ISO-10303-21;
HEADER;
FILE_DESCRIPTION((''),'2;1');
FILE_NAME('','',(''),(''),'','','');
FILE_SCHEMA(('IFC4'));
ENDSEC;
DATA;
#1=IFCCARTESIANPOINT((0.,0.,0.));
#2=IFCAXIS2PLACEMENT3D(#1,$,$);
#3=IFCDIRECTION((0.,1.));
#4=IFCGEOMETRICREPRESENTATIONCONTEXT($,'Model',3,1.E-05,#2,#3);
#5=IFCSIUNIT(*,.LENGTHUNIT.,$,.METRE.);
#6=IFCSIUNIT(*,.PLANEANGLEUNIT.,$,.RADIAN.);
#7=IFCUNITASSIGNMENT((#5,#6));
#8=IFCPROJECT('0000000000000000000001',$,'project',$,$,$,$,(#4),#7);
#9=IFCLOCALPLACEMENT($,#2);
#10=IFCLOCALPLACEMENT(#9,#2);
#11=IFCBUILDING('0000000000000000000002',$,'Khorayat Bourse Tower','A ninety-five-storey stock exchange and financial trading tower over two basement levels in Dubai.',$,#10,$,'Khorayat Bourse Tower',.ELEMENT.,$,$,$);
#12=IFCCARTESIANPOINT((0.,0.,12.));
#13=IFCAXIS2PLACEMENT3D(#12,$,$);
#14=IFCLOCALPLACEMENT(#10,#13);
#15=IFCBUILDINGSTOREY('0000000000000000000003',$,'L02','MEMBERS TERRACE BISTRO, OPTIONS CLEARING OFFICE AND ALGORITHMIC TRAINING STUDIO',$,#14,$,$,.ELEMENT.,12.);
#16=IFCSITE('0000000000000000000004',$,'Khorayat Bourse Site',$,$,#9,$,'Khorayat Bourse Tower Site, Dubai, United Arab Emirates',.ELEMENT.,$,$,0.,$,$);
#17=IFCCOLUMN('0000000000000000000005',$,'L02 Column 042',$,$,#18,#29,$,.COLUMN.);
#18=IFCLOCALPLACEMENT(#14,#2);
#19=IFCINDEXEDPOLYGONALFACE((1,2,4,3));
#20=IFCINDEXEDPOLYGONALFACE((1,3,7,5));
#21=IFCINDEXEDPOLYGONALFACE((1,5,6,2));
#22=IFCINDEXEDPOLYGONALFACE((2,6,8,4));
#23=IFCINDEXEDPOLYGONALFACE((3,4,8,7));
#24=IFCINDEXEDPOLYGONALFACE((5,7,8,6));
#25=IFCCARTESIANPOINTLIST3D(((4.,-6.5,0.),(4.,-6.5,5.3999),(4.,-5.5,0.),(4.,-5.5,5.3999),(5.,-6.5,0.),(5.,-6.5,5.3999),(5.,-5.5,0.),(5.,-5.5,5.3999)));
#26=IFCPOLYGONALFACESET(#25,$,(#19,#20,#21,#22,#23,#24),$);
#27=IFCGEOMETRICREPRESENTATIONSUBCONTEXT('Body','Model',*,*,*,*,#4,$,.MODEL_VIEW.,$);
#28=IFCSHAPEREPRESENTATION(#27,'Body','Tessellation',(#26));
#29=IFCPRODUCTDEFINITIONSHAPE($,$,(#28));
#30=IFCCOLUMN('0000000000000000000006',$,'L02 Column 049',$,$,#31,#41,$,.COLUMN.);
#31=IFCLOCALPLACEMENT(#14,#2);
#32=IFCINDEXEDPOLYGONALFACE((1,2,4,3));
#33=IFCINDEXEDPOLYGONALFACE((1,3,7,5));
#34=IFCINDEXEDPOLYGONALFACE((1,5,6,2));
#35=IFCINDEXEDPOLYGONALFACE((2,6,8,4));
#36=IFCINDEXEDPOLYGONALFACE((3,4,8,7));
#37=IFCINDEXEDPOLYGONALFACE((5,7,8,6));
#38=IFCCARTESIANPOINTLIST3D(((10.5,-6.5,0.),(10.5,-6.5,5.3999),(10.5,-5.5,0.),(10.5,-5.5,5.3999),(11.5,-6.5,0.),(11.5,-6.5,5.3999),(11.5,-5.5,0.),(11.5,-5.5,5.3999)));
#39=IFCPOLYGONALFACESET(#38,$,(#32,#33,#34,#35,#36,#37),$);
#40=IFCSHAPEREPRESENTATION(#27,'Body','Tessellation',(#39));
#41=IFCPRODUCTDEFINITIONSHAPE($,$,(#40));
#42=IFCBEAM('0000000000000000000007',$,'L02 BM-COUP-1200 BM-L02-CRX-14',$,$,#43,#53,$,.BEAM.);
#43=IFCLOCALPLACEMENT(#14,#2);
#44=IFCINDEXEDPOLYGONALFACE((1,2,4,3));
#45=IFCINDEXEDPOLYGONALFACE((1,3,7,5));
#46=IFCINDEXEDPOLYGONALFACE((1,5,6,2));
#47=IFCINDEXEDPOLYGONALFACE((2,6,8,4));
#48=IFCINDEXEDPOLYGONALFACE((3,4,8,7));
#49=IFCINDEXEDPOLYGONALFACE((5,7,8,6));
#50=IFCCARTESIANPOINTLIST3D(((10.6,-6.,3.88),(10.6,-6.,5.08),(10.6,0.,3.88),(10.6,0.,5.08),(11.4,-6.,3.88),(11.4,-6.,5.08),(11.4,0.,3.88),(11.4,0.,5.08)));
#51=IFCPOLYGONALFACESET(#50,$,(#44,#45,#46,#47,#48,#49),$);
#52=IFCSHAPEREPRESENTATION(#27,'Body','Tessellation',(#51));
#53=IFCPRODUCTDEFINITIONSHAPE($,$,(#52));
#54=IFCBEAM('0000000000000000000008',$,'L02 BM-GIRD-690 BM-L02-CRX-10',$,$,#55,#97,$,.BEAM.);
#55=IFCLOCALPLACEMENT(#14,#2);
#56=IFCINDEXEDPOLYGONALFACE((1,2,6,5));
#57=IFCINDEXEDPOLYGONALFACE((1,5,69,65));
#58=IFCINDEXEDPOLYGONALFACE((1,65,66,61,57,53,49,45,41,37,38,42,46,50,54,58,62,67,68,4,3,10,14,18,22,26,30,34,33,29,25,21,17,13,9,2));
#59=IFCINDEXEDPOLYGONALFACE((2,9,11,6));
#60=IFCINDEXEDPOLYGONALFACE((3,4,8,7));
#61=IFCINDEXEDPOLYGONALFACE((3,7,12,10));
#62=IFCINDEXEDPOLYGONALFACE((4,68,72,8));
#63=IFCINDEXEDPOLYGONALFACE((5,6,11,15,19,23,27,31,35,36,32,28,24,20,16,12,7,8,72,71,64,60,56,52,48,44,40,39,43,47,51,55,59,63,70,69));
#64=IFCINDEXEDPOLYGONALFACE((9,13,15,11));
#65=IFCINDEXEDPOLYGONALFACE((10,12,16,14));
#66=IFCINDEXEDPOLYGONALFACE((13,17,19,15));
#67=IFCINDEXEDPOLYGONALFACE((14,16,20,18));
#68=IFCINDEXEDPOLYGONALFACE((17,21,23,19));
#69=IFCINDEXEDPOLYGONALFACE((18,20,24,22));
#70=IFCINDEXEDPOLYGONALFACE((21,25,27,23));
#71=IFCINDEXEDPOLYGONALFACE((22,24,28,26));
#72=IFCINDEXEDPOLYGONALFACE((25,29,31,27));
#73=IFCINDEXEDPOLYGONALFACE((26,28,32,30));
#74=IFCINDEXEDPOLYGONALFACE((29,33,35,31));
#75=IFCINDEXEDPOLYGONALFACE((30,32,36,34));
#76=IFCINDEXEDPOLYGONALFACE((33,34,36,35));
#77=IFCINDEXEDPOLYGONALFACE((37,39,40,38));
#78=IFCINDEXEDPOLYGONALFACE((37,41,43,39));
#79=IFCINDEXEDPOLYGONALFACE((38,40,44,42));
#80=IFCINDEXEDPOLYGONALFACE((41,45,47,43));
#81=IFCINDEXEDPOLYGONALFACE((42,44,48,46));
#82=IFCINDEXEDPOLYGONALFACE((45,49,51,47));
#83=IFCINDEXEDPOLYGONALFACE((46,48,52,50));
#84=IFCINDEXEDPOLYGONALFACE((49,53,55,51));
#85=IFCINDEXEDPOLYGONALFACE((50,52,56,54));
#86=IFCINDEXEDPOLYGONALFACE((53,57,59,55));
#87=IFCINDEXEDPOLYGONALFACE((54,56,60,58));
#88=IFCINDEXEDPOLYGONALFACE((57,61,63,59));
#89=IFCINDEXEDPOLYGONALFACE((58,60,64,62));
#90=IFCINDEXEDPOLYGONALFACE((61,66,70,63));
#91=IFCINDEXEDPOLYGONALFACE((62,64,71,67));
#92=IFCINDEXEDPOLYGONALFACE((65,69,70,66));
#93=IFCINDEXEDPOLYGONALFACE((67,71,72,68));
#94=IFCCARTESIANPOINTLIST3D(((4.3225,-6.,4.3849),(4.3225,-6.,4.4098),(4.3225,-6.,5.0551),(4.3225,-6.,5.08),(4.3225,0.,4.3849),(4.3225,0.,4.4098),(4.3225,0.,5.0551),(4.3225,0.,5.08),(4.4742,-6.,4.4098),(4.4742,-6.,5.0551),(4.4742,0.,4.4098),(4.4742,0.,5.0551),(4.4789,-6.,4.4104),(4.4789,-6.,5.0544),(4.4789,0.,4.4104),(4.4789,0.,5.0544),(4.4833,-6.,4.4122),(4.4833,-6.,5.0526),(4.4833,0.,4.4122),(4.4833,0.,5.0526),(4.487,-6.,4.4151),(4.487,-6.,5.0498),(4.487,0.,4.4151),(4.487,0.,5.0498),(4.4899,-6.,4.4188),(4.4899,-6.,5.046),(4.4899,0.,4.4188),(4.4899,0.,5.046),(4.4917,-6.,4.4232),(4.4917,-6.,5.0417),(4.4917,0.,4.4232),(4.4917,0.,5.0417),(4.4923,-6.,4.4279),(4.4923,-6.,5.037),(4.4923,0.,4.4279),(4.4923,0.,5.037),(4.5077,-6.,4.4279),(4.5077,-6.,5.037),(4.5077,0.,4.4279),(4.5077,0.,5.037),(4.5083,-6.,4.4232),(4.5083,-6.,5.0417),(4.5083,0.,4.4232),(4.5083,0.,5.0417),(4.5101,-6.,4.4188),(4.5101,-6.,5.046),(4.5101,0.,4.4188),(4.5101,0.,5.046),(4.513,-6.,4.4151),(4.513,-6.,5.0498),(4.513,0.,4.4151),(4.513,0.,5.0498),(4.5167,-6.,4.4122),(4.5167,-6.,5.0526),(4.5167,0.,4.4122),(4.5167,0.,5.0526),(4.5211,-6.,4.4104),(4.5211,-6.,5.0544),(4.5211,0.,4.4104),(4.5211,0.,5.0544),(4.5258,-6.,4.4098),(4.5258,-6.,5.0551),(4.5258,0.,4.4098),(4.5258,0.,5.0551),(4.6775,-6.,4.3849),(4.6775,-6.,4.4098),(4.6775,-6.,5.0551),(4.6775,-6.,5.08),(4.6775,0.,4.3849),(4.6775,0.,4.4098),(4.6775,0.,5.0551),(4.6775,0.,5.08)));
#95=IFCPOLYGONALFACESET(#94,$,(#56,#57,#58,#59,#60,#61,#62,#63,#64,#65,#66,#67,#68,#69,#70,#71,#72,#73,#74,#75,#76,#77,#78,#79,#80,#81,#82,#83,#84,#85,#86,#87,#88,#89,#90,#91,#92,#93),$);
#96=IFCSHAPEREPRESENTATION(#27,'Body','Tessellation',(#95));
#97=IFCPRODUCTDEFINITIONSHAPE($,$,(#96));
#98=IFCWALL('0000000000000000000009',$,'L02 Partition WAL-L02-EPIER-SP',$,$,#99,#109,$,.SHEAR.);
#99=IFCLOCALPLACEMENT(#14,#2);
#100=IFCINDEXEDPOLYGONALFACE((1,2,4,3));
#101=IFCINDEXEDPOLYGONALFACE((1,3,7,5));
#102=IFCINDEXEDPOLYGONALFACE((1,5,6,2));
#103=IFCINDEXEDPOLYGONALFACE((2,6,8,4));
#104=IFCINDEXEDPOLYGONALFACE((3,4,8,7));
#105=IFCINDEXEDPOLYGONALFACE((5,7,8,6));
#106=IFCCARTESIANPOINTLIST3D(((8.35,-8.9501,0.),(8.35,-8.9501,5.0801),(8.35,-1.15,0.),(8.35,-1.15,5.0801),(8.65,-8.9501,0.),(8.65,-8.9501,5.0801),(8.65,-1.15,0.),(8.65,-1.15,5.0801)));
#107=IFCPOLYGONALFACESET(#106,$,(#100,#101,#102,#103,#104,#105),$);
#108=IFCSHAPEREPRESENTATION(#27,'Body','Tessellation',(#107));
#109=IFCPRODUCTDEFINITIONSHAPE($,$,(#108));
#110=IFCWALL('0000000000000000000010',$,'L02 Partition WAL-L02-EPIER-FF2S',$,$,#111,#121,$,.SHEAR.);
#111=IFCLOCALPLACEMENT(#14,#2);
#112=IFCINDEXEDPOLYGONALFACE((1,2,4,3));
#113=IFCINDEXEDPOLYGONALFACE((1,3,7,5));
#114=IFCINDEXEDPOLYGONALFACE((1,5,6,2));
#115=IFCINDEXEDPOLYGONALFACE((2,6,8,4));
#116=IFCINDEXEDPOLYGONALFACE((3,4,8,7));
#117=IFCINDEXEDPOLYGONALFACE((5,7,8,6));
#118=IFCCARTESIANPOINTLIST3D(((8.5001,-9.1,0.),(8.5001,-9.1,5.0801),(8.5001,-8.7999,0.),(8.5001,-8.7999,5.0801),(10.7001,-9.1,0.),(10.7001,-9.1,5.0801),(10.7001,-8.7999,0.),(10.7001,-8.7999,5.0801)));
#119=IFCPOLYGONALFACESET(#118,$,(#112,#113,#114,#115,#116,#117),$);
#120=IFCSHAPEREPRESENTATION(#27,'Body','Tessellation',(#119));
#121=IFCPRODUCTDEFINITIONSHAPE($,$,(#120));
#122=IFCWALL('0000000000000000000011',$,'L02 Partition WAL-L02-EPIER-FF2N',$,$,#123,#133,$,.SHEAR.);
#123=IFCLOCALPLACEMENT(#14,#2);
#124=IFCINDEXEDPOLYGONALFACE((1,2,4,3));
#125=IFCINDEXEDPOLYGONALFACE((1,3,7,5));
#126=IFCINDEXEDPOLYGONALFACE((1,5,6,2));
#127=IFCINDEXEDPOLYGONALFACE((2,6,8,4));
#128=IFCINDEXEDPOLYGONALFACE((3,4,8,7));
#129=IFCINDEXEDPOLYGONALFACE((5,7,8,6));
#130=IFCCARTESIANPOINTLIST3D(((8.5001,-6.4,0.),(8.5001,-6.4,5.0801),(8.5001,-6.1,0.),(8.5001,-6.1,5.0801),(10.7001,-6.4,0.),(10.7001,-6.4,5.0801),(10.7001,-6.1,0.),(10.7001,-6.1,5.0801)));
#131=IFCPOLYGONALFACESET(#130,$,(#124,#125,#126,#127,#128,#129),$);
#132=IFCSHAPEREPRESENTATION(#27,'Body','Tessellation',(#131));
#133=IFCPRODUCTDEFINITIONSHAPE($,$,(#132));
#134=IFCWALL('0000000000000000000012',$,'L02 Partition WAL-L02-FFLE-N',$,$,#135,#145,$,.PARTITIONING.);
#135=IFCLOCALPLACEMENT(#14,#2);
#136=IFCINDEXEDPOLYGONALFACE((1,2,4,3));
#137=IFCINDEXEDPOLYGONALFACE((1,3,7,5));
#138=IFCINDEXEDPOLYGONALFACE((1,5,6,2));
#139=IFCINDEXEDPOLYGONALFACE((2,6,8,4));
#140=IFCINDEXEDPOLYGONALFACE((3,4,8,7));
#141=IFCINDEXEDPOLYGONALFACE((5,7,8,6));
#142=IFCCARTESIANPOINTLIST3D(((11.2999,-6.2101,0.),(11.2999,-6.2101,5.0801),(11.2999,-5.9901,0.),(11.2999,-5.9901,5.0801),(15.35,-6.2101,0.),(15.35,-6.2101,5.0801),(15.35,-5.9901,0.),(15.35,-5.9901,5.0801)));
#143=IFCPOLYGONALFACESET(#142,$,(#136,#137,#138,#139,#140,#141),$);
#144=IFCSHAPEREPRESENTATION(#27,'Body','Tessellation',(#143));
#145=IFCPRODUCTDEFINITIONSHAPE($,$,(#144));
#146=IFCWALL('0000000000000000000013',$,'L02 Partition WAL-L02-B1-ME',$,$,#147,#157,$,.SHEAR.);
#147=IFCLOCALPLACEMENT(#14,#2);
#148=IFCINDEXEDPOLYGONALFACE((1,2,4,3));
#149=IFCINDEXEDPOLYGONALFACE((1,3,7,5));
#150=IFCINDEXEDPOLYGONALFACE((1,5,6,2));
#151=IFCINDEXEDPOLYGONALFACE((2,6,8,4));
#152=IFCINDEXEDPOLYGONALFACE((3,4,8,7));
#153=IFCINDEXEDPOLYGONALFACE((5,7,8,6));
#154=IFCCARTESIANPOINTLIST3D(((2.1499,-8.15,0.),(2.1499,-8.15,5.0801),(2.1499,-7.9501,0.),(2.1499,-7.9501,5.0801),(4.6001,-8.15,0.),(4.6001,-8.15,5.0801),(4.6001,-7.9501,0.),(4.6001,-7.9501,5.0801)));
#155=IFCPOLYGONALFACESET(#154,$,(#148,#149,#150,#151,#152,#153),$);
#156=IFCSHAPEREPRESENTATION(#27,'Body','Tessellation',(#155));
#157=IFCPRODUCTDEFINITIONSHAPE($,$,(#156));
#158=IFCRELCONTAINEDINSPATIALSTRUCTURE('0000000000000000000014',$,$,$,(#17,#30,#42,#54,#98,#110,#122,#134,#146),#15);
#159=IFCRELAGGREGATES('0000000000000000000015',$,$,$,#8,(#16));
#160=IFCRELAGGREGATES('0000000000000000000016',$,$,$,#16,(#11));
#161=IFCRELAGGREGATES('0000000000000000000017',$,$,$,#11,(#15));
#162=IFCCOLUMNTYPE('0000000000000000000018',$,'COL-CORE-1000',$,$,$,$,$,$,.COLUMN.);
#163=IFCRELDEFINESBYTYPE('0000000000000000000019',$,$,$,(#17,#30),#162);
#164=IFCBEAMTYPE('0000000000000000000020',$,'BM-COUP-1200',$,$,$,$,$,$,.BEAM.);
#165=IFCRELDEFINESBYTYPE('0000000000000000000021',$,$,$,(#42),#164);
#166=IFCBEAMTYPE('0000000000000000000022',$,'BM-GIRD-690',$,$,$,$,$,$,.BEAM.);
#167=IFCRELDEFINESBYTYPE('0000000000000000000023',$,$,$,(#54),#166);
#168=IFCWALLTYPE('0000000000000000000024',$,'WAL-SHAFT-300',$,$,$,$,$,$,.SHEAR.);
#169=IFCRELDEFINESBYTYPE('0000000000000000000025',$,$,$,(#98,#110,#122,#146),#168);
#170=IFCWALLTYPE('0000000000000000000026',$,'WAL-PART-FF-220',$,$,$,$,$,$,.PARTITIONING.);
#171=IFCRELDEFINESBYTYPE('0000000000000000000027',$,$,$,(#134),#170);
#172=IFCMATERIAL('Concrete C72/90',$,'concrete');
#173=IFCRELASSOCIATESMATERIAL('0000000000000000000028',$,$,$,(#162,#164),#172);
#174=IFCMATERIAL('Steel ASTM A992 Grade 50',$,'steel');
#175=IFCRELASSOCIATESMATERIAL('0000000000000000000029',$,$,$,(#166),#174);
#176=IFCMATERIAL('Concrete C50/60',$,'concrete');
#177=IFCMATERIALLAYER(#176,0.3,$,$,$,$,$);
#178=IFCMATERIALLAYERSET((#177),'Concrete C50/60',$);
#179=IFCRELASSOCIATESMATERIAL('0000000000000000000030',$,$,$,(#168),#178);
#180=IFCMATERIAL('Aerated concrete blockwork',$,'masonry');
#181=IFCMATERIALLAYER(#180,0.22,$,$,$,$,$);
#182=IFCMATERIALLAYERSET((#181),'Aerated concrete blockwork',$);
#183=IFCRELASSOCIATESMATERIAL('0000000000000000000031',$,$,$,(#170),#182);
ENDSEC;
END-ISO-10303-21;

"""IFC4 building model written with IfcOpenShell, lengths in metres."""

from ifc_helpers import new_model, si_unit, direction, frame, frame_2d, origin, origin_2d, place, context, subcontext, project, spatial, rectangle, i_section, extrude, source, transform, mapped, material, layer, layer_set, material_profile, profile_set, type_object, element, save


model = new_model("IFC4")

# Units and contexts
model_context = context("Model", 3, precision=1e-05, world=origin(), true_north=direction((0.0, 1.0)))
body_context = subcontext(model_context, "Body", "Model", "MODEL_VIEW")
ifc_project = project(units=[si_unit("LENGTHUNIT", "METRE"), si_unit("PLANEANGLEUNIT", "RADIAN")], contexts=[model_context])

# Site, building, storey
site_placement = place(None, origin())
site = spatial("IfcSite", under=ifc_project, at=site_placement, Name="Khorayat Bourse Site", LongName="Khorayat Bourse Tower Site, Dubai, United Arab Emirates", CompositionType="ELEMENT", RefElevation=0.0)
building_placement = place(site_placement, origin())
building = spatial("IfcBuilding", under=site, at=building_placement, Name="Khorayat Bourse Tower", Description="A ninety-five-storey stock exchange and financial trading tower over two basement levels in Dubai.", LongName="Khorayat Bourse Tower", CompositionType="ELEMENT")
storey_placement = place(building_placement, frame((0.0, 0.0, 12.0)))
storey = spatial("IfcBuildingStorey", under=building, at=storey_placement, Name="L02", Description="MEMBERS TERRACE BISTRO, OPTIONS CLEARING OFFICE AND ALGORITHMIC TRAINING STUDIO", CompositionType="ELEMENT", Elevation=12.0)

# Columns
ifc_material_1 = material(Name="Concrete C72/90", Category="concrete")
ifc_material_profile_1 = material_profile(ifc_material_1, rectangle(XDim=1.0, YDim=1.0, at=origin_2d()), Name="RC 1000x1000")
ifc_profile_set_1 = profile_set([ifc_material_profile_1], Name="Concrete C72/90")
column_type = type_object("IfcColumnType", Name="COL-CORE-1000", PredefinedType="COLUMN", material=ifc_profile_set_1)
shared_shape_1 = source(origin(), body_context, "Body", "SweptSolid", [
    extrude(rectangle(XDim=1.0, YDim=1.0, at=origin_2d()), origin(), (0.0, 0.0, 1.0), 5.3999),
])
for number, where, z_axis, x_axis, name in (
    (1, (4.5, -6.0, 0.0), (0.0, 0.0, 1.0), (1.0, 0.0, 0.0), "L02 Column 042"),
    (2, (11.0, -6.0, 0.0), (0.0, 0.0, 1.0), (1.0, 0.0, 0.0), "L02 Column 049"),
):
    element("IfcColumn", number, at=place(storey_placement, frame(where, z_axis=z_axis, x_axis=x_axis)), inside=storey, type_object=column_type, Name=name, PredefinedType="COLUMN", context=body_context, shape_type="MappedRepresentation", body=[
        mapped(shared_shape_1, transform((0.0, 0.0, 0.0), scale=1.0)),
    ])

# Beams
ifc_material_profile_2 = material_profile(ifc_material_1, rectangle(XDim=0.8, YDim=1.2, at=origin_2d()), Name="RC 800x1200")
ifc_profile_set_2 = profile_set([ifc_material_profile_2], Name="Concrete C72/90")
beam_type_1 = type_object("IfcBeamType", Name="BM-COUP-1200", PredefinedType="BEAM", material=ifc_profile_set_2)
shared_shape_2 = source(origin(), body_context, "Body", "SweptSolid", [
    extrude(rectangle(XDim=0.8, YDim=1.2, at=origin_2d()), origin(), (0.0, 0.0, 1.0), 6.0),
])
beam_1_placement = place(storey_placement, frame((11.0, -6.0, 4.48), z_axis=(0.0, 1.0, 0.0), x_axis=(-1.0, 0.0, 0.0)))
element("IfcBeam", 3, at=beam_1_placement, inside=storey, type_object=beam_type_1, Name="L02 BM-COUP-1200 BM-L02-CRX-14", PredefinedType="BEAM", context=body_context, shape_type="MappedRepresentation", body=[
    mapped(shared_shape_2, transform((0.0, 0.0, 0.0), scale=1.0)),
])
ifc_material_2 = material(Name="Steel ASTM A992 Grade 50", Category="steel")
ifc_material_profile_3 = material_profile(ifc_material_2, i_section(OverallWidth=0.355, OverallDepth=0.6951, WebThickness=0.0154, FlangeThickness=0.0249, FilletRadius=0.0181, at=origin_2d()), Name="W690X217")
ifc_profile_set_3 = profile_set([ifc_material_profile_3], Name="Steel ASTM A992 Grade 50")
beam_type_2 = type_object("IfcBeamType", Name="BM-GIRD-690", PredefinedType="BEAM", material=ifc_profile_set_3)
shared_shape_3 = source(origin(), body_context, "Body", "SweptSolid", [
    extrude(i_section(OverallWidth=0.355, OverallDepth=0.6951, WebThickness=0.0154, FlangeThickness=0.0249, FilletRadius=0.0181, at=origin_2d()), origin(), (0.0, 0.0, 1.0), 6.0),
])
beam_2_placement = place(storey_placement, frame((4.5, -6.0, 4.7324), z_axis=(0.0, 1.0, 0.0), x_axis=(-1.0, 0.0, 0.0)))
element("IfcBeam", 4, at=beam_2_placement, inside=storey, type_object=beam_type_2, Name="L02 BM-GIRD-690 BM-L02-CRX-10", PredefinedType="BEAM", context=body_context, shape_type="MappedRepresentation", body=[
    mapped(shared_shape_3, transform((0.0, 0.0, 0.0), scale=1.0)),
])

# Walls
ifc_material_3 = material(Name="Concrete C50/60", Category="concrete")
ifc_layer_1 = layer(ifc_material_3, 0.3)
ifc_layer_set_1 = layer_set([ifc_layer_1], Name="Concrete C50/60")
wall_type_1 = type_object("IfcWallType", Name="WAL-SHAFT-300", PredefinedType="SHEAR", material=ifc_layer_set_1)
shared_shape_4 = source(origin(), body_context, "Body", "SweptSolid", [
    extrude(rectangle(XDim=7.8, YDim=0.3, at=frame_2d((3.8999, 0.0))), origin(), (0.0, 0.0, 1.0), 5.0801),
])
wall_1_placement = place(storey_placement, frame((8.5, -8.95, 0.0), z_axis=(0.0, 0.0, 1.0), x_axis=(0.0, 1.0, 0.0)))
element("IfcWall", 5, at=wall_1_placement, inside=storey, type_object=wall_type_1, Name="L02 Partition WAL-L02-EPIER-SP", PredefinedType="SHEAR", context=body_context, shape_type="MappedRepresentation", body=[
    mapped(shared_shape_4, transform((0.0, 0.0, 0.0), scale=1.0)),
])
shared_shape_5 = source(origin(), body_context, "Body", "SweptSolid", [
    extrude(rectangle(XDim=2.2, YDim=0.3, at=frame_2d((1.1001, 0.0))), origin(), (0.0, 0.0, 1.0), 5.0801),
])
for number, where, z_axis, x_axis, name in (
    (6, (8.5, -8.95, 0.0), (0.0, 0.0, 1.0), (1.0, 0.0, 0.0), "L02 Partition WAL-L02-EPIER-FF2S"),
    (7, (8.5, -6.25, 0.0), (0.0, 0.0, 1.0), (1.0, 0.0, 0.0), "L02 Partition WAL-L02-EPIER-FF2N"),
):
    element("IfcWall", number, at=place(storey_placement, frame(where, z_axis=z_axis, x_axis=x_axis)), inside=storey, type_object=wall_type_1, Name=name, PredefinedType="SHEAR", context=body_context, shape_type="MappedRepresentation", body=[
        mapped(shared_shape_5, transform((0.0, 0.0, 0.0), scale=1.0)),
    ])
ifc_material_4 = material(Name="Aerated concrete blockwork", Category="masonry")
ifc_layer_2 = layer(ifc_material_4, 0.22)
ifc_layer_set_2 = layer_set([ifc_layer_2], Name="Aerated concrete blockwork")
wall_type_2 = type_object("IfcWallType", Name="WAL-PART-FF-220", PredefinedType="PARTITIONING", material=ifc_layer_set_2)
shared_shape_6 = source(origin(), body_context, "Body", "SweptSolid", [
    extrude(rectangle(XDim=4.05, YDim=0.22, at=frame_2d((2.0249, 0.0))), origin(), (0.0, 0.0, 1.0), 5.0801),
])
wall_2_placement = place(storey_placement, frame((11.3, -6.1001, 0.0), z_axis=(0.0, 0.0, 1.0), x_axis=(1.0, 0.0, 0.0)))
element("IfcWall", 8, at=wall_2_placement, inside=storey, type_object=wall_type_2, Name="L02 Partition WAL-L02-FFLE-N", PredefinedType="PARTITIONING", context=body_context, shape_type="MappedRepresentation", body=[
    mapped(shared_shape_6, transform((0.0, 0.0, 0.0), scale=1.0)),
])
shared_shape_7 = source(origin(), body_context, "Body", "SweptSolid", [
    extrude(rectangle(XDim=2.4502, YDim=0.2, at=frame_2d((1.2251, 0.0))), origin(), (0.0, 0.0, 1.0), 5.0801),
])
wall_3_placement = place(storey_placement, frame((2.1499, -8.05, 0.0), z_axis=(0.0, 0.0, 1.0), x_axis=(1.0, 0.0, 0.0)))
element("IfcWall", 9, at=wall_3_placement, inside=storey, type_object=wall_type_1, Name="L02 Partition WAL-L02-B1-ME", PredefinedType="SHEAR", context=body_context, shape_type="MappedRepresentation", body=[
    mapped(shared_shape_7, transform((0.0, 0.0, 0.0), scale=1.0)),
])

save(model, "model.ifc")
